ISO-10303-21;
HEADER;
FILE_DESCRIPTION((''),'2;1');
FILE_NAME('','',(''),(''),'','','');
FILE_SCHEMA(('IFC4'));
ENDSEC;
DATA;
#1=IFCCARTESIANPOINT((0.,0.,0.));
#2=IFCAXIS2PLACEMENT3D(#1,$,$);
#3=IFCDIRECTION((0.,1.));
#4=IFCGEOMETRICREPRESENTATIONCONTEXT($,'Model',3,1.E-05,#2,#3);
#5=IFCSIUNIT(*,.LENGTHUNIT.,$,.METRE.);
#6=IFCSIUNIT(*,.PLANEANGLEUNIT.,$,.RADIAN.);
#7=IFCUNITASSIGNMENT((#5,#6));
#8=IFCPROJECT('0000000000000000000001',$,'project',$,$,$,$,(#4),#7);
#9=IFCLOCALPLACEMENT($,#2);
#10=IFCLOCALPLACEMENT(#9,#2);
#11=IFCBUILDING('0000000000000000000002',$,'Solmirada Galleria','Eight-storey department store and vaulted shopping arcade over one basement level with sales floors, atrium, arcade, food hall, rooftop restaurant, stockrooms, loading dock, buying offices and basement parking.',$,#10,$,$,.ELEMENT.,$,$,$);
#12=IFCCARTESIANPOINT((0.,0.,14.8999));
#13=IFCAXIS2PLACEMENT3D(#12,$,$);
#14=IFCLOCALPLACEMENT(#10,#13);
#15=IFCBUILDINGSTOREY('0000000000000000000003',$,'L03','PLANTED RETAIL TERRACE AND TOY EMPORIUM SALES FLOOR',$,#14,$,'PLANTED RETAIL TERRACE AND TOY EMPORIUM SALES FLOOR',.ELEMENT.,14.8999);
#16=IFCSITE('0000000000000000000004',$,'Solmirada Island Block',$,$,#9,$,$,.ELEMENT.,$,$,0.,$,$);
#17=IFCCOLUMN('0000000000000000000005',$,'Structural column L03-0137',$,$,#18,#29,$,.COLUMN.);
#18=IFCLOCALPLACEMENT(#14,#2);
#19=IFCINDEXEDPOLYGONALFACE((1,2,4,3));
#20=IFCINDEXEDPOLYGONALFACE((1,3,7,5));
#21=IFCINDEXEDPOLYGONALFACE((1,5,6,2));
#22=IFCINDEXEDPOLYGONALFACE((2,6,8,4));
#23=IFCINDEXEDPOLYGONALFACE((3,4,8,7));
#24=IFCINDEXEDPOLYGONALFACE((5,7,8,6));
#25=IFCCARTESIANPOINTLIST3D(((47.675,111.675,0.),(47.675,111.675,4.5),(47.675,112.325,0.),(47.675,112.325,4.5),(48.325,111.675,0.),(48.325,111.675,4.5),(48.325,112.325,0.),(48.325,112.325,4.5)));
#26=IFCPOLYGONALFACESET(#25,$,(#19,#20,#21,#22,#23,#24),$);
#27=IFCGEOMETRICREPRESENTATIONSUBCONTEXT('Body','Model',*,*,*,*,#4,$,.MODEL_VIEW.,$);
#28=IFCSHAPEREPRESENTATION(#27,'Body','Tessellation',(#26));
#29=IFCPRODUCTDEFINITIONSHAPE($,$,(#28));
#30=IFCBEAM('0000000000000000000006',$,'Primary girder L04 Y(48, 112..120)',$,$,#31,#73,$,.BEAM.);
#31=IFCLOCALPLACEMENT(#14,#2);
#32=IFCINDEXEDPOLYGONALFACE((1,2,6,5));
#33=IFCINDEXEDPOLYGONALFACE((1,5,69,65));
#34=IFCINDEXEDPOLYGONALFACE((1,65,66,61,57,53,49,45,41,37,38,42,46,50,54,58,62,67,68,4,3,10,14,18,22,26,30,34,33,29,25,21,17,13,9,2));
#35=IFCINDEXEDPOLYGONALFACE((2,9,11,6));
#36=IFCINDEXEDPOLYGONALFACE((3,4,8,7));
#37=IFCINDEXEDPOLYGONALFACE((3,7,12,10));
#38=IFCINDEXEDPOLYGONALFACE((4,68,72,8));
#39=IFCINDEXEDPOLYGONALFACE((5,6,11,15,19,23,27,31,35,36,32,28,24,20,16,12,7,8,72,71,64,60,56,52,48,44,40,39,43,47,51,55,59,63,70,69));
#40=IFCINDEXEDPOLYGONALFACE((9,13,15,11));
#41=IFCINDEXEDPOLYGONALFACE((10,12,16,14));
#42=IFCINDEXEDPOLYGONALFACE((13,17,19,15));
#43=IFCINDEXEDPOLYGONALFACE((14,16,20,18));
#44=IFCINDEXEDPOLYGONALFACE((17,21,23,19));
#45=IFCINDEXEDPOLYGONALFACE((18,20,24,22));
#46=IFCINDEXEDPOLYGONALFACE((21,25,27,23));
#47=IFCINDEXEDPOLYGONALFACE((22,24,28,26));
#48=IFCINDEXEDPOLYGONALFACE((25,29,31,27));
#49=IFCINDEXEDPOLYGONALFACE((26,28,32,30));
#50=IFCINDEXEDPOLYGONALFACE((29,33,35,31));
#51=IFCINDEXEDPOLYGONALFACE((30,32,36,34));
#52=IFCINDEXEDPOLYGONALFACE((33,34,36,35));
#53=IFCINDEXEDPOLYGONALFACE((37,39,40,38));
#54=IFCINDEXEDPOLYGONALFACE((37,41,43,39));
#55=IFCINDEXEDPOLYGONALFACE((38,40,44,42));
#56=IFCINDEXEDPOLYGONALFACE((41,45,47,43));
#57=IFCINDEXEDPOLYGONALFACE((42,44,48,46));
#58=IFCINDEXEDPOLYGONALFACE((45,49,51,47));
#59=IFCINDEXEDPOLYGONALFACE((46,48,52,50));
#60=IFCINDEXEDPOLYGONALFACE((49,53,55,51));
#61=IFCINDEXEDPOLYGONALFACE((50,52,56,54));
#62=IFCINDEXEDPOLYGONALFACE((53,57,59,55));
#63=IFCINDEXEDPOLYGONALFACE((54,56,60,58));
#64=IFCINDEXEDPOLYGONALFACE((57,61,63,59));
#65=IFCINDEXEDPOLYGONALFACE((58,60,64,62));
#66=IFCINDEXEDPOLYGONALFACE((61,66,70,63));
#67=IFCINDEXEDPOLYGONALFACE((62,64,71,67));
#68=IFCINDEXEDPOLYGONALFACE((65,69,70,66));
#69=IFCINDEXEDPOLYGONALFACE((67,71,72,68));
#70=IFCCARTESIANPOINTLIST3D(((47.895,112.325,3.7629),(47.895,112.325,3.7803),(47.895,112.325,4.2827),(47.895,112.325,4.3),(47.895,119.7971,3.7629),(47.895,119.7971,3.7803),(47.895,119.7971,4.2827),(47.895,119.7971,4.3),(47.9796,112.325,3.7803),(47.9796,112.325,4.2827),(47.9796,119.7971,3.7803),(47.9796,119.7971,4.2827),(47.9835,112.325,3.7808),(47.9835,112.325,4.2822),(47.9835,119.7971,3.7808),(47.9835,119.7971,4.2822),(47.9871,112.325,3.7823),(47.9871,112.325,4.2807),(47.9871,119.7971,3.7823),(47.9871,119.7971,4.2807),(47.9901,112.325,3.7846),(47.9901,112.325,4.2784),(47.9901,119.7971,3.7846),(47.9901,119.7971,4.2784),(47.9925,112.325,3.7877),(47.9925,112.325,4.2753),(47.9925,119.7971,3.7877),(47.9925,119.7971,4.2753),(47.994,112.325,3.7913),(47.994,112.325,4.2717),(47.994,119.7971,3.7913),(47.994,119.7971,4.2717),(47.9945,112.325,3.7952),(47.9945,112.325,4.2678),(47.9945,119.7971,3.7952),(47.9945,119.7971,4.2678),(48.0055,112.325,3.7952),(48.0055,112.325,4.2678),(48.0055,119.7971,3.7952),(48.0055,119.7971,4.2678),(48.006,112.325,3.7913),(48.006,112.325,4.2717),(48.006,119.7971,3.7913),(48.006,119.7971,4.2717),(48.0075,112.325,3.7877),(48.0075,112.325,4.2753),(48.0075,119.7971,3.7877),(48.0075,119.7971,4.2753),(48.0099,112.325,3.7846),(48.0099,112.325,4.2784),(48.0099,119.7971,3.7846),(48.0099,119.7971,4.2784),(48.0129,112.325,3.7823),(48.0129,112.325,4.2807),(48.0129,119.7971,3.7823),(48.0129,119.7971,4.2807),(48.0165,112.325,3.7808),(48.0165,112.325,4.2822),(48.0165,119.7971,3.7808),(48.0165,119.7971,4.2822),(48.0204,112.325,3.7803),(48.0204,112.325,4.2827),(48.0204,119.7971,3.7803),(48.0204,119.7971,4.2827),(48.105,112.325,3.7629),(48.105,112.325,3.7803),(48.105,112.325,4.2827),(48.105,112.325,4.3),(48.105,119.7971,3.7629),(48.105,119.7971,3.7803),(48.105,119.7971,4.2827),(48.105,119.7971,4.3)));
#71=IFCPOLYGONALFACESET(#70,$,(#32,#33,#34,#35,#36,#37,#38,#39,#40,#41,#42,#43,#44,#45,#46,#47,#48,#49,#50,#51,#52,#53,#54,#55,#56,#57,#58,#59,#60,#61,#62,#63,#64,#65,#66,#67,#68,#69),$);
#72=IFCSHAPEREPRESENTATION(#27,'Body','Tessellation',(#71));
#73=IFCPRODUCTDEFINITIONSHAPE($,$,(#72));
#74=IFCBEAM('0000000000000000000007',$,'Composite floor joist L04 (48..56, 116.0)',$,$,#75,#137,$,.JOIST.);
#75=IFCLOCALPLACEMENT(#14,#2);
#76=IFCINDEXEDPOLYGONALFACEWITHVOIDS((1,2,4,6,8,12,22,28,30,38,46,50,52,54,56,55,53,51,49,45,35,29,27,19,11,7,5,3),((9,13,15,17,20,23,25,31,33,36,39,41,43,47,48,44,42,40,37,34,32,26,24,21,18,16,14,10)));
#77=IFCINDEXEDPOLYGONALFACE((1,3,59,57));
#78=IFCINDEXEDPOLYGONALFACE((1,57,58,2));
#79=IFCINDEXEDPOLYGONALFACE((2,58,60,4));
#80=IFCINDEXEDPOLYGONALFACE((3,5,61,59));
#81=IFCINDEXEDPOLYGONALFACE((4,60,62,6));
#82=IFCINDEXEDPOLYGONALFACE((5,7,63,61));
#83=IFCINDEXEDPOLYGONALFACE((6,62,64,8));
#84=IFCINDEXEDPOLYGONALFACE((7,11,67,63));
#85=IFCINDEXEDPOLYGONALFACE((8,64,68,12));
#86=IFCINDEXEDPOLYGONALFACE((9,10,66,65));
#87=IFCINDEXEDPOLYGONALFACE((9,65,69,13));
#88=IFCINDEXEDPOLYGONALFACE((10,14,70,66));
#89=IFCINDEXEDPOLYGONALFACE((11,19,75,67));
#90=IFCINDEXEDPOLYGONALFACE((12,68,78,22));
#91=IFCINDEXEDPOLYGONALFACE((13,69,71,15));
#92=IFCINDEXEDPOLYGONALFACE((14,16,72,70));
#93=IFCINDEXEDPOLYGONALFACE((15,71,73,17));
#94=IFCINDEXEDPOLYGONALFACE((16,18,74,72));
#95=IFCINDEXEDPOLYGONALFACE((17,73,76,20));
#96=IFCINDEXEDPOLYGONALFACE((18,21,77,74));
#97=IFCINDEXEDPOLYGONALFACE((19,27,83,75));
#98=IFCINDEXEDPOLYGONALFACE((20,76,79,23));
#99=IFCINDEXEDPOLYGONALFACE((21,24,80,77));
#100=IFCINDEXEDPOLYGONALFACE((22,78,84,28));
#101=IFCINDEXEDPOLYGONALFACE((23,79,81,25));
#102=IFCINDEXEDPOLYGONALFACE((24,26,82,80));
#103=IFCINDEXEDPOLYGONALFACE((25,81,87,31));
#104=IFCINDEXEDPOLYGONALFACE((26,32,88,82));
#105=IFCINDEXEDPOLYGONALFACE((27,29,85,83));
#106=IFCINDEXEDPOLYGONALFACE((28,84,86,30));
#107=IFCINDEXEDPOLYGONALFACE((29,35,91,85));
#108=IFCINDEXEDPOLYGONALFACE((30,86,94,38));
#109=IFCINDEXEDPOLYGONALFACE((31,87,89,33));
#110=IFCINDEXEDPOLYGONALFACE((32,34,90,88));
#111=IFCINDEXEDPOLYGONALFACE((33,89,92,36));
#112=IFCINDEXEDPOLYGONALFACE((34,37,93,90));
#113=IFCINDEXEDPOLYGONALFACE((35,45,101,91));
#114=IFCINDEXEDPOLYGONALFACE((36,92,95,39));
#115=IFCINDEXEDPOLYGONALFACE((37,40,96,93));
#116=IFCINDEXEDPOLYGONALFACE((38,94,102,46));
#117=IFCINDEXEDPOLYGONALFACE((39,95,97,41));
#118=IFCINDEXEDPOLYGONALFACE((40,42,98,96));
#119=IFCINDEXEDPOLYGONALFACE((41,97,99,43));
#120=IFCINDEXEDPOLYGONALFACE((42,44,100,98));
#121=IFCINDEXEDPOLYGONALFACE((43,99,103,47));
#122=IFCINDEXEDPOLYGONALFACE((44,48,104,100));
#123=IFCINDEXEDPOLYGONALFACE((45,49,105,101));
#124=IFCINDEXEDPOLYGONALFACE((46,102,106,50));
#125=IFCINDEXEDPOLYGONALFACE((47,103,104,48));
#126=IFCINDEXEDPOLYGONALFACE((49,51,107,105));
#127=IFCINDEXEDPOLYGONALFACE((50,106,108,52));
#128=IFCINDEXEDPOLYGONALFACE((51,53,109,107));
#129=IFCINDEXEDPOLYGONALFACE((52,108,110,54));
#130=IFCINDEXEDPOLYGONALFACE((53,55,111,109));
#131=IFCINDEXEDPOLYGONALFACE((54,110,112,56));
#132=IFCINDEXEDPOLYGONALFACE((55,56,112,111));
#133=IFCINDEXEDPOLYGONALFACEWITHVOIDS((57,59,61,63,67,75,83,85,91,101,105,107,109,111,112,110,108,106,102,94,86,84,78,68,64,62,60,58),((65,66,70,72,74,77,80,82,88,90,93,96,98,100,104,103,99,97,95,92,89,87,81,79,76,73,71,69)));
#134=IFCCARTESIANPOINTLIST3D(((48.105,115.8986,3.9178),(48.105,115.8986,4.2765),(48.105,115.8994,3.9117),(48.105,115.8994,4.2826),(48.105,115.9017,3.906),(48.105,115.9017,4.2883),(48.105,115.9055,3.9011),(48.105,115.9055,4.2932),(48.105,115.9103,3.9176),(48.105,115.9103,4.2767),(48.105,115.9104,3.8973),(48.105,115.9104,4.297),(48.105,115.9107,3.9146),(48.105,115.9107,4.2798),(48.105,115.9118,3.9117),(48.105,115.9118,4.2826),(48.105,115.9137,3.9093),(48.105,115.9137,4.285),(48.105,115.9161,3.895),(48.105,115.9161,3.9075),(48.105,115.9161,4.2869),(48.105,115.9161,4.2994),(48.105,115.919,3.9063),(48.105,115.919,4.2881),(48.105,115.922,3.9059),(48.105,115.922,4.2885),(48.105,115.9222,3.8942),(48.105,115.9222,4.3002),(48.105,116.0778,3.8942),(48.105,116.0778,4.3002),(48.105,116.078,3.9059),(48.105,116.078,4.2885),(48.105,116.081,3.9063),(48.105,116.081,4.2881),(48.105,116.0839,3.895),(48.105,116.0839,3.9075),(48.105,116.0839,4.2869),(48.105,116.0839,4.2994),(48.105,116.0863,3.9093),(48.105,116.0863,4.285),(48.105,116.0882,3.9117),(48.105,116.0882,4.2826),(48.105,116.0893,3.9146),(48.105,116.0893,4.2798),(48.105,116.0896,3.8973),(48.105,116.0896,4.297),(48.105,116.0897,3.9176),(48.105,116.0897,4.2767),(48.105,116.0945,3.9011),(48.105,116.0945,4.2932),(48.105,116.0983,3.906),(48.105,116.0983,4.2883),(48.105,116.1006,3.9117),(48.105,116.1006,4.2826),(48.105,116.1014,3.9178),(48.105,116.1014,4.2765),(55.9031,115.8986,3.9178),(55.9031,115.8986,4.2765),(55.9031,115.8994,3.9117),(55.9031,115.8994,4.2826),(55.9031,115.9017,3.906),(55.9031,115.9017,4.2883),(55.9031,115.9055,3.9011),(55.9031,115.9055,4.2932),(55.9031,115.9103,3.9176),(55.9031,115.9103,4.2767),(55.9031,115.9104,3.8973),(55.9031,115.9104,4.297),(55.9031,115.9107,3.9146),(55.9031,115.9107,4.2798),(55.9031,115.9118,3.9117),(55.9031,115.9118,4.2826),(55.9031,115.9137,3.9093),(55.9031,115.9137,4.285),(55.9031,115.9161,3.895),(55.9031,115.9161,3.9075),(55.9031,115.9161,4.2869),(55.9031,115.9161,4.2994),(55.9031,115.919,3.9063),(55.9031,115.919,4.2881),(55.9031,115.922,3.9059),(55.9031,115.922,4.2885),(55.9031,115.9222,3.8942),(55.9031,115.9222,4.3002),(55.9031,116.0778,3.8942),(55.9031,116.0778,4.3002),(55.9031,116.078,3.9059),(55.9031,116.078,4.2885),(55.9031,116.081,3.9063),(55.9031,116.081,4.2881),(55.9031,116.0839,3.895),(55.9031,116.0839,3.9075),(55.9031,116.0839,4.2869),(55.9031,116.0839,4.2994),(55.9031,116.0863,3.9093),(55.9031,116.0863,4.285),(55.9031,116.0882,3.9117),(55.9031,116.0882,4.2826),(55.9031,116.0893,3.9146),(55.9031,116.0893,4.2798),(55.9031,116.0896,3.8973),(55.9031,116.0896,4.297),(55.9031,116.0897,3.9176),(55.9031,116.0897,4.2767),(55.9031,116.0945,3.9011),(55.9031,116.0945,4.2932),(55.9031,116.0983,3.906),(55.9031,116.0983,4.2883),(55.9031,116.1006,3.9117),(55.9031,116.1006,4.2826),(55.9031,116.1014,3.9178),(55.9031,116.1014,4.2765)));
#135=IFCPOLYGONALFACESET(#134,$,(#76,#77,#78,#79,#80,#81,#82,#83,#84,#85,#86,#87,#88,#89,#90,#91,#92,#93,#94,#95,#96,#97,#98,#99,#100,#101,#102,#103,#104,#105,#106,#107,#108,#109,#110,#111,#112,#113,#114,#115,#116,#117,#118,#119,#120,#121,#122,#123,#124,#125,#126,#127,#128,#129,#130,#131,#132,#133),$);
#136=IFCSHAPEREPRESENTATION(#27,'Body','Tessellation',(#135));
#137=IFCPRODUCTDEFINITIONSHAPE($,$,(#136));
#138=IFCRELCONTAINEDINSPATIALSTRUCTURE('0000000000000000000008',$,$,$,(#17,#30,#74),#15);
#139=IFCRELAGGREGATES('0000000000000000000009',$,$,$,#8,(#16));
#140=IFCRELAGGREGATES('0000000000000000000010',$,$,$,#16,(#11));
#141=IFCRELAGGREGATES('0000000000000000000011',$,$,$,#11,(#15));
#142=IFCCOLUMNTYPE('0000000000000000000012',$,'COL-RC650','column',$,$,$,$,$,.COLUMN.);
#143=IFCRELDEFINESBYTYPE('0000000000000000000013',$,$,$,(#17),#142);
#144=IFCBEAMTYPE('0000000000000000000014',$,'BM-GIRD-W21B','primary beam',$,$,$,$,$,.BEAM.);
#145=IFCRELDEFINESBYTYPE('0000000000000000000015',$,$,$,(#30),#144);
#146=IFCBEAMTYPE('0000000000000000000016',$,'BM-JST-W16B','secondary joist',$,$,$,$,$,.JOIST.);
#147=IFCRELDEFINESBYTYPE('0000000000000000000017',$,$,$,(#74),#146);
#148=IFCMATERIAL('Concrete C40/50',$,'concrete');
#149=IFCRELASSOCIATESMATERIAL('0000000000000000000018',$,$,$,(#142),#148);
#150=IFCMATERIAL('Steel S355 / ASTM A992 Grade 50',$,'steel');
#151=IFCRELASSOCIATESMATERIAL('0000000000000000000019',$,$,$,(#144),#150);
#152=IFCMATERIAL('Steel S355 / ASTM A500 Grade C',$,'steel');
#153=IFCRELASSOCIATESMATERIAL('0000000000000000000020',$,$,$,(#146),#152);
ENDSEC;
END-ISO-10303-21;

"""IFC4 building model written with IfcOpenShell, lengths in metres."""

from ifc_helpers import new_model, si_unit, direction, frame, origin, origin_2d, place, context, subcontext, project, spatial, rectangle, hollow_rectangle, i_section, extrude, material, material_profile, profile_set, type_object, element, save


model = new_model("IFC4")

# Units and contexts
model_context = context("Model", 3, precision=1e-05, world=origin(), true_north=direction((0.0, 1.0)))
body_context = subcontext(model_context, "Body", "Model", "MODEL_VIEW")
ifc_project = project(units=[si_unit("LENGTHUNIT", "METRE"), si_unit("PLANEANGLEUNIT", "RADIAN")], contexts=[model_context])

# Site, building, storey
site_placement = place(None, origin())
site = spatial("IfcSite", under=ifc_project, at=site_placement, Name="Solmirada Island Block", CompositionType="ELEMENT", RefElevation=0.0)
building_placement = place(site_placement, origin())
building = spatial("IfcBuilding", under=site, at=building_placement, Name="Solmirada Galleria", Description="Eight-storey department store and vaulted shopping arcade over one basement level with sales floors, atrium, arcade, food hall, rooftop restaurant, stockrooms, loading dock, buying offices and basement parking.", CompositionType="ELEMENT")
storey_placement = place(building_placement, frame((0.0, 0.0, 14.8999)))
storey = spatial("IfcBuildingStorey", under=building, at=storey_placement, Name="L03", Description="PLANTED RETAIL TERRACE AND TOY EMPORIUM SALES FLOOR", LongName="PLANTED RETAIL TERRACE AND TOY EMPORIUM SALES FLOOR", CompositionType="ELEMENT", Elevation=14.8999)

# Column
ifc_material_1 = material(Name="Steel S355 / ASTM A500 Grade C", Category="steel")
ifc_material_2 = material(Name="Concrete C40/50", Category="concrete")
ifc_material_profile_1 = material_profile(ifc_material_2, rectangle(XDim=0.6499, YDim=0.6499, at=origin_2d()), Name="RC650X650")
ifc_profile_set_1 = profile_set([ifc_material_profile_1], Name="Concrete C40/50")
column_type_1 = type_object("IfcColumnType", Name="COL-RC650", Description="column", PredefinedType="COLUMN", material=ifc_profile_set_1)
column_placement = place(storey_placement, frame((48.0, 112.0, 0.0), z_axis=(0.0, 0.0, 1.0), x_axis=(1.0, 0.0, 0.0)))
element("IfcColumn", 1, at=column_placement, inside=storey, type_object=column_type_1, Name="Structural column L03-0137", PredefinedType="COLUMN", context=body_context, shape_type="SweptSolid", body=[
    extrude(rectangle(XDim=0.6499, YDim=0.6499, at=origin_2d()), origin(), (0.0, 0.0, 1.0), 4.5),
])

# Beams
ifc_material_3 = material(Name="Steel S355 / ASTM A992 Grade 50", Category="steel")
ifc_material_profile_2 = material_profile(ifc_material_3, i_section(OverallWidth=0.21, OverallDepth=0.5371, WebThickness=0.011, FlangeThickness=0.0173, FilletRadius=0.0149, at=origin_2d()), Name="W21X68")
ifc_profile_set_2 = profile_set([ifc_material_profile_2], Name="Steel S355 / ASTM A992 Grade 50")
beam_type_1 = type_object("IfcBeamType", Name="BM-GIRD-W21B", Description="primary beam", PredefinedType="BEAM", material=ifc_profile_set_2)
beam_1_placement = place(storey_placement, frame((48.0, 112.325, 4.0315), z_axis=(0.0, 1.0, 0.0), x_axis=(-1.0, 0.0, 0.0)))
element("IfcBeam", 2, at=beam_1_placement, inside=storey, type_object=beam_type_1, Name="Primary girder L04 Y(48, 112..120)", PredefinedType="BEAM", context=body_context, shape_type="SweptSolid", body=[
    extrude(i_section(OverallWidth=0.21, OverallDepth=0.5371, WebThickness=0.011, FlangeThickness=0.0173, FilletRadius=0.0149, at=origin_2d()), origin(), (0.0, 0.0, 1.0), 7.4722),
])
ifc_material_profile_3 = material_profile(ifc_material_1, hollow_rectangle(XDim=0.2029, YDim=0.406, WallThickness=0.0117, InnerFilletRadius=0.0117, OuterFilletRadius=0.0237, at=origin_2d()), Name="HSS16X8X1/2")
ifc_profile_set_3 = profile_set([ifc_material_profile_3], Name="Steel S355 / ASTM A500 Grade C")
beam_type_2 = type_object("IfcBeamType", Name="BM-JST-W16B", Description="secondary joist", PredefinedType="JOIST", material=ifc_profile_set_3)
beam_2_placement = place(storey_placement, frame((48.105, 116.0, 4.0972), z_axis=(1.0, 0.0, 0.0), x_axis=(0.0, 1.0, 0.0)))
element("IfcBeam", 3, at=beam_2_placement, inside=storey, type_object=beam_type_2, Name="Composite floor joist L04 (48..56, 116.0)", PredefinedType="JOIST", context=body_context, shape_type="SweptSolid", body=[
    extrude(hollow_rectangle(XDim=0.2029, YDim=0.406, WallThickness=0.0117, InnerFilletRadius=0.0117, OuterFilletRadius=0.0237, at=origin_2d()), origin(), (0.0, 0.0, 1.0), 7.7981),
])

save(model, "model.ifc")
